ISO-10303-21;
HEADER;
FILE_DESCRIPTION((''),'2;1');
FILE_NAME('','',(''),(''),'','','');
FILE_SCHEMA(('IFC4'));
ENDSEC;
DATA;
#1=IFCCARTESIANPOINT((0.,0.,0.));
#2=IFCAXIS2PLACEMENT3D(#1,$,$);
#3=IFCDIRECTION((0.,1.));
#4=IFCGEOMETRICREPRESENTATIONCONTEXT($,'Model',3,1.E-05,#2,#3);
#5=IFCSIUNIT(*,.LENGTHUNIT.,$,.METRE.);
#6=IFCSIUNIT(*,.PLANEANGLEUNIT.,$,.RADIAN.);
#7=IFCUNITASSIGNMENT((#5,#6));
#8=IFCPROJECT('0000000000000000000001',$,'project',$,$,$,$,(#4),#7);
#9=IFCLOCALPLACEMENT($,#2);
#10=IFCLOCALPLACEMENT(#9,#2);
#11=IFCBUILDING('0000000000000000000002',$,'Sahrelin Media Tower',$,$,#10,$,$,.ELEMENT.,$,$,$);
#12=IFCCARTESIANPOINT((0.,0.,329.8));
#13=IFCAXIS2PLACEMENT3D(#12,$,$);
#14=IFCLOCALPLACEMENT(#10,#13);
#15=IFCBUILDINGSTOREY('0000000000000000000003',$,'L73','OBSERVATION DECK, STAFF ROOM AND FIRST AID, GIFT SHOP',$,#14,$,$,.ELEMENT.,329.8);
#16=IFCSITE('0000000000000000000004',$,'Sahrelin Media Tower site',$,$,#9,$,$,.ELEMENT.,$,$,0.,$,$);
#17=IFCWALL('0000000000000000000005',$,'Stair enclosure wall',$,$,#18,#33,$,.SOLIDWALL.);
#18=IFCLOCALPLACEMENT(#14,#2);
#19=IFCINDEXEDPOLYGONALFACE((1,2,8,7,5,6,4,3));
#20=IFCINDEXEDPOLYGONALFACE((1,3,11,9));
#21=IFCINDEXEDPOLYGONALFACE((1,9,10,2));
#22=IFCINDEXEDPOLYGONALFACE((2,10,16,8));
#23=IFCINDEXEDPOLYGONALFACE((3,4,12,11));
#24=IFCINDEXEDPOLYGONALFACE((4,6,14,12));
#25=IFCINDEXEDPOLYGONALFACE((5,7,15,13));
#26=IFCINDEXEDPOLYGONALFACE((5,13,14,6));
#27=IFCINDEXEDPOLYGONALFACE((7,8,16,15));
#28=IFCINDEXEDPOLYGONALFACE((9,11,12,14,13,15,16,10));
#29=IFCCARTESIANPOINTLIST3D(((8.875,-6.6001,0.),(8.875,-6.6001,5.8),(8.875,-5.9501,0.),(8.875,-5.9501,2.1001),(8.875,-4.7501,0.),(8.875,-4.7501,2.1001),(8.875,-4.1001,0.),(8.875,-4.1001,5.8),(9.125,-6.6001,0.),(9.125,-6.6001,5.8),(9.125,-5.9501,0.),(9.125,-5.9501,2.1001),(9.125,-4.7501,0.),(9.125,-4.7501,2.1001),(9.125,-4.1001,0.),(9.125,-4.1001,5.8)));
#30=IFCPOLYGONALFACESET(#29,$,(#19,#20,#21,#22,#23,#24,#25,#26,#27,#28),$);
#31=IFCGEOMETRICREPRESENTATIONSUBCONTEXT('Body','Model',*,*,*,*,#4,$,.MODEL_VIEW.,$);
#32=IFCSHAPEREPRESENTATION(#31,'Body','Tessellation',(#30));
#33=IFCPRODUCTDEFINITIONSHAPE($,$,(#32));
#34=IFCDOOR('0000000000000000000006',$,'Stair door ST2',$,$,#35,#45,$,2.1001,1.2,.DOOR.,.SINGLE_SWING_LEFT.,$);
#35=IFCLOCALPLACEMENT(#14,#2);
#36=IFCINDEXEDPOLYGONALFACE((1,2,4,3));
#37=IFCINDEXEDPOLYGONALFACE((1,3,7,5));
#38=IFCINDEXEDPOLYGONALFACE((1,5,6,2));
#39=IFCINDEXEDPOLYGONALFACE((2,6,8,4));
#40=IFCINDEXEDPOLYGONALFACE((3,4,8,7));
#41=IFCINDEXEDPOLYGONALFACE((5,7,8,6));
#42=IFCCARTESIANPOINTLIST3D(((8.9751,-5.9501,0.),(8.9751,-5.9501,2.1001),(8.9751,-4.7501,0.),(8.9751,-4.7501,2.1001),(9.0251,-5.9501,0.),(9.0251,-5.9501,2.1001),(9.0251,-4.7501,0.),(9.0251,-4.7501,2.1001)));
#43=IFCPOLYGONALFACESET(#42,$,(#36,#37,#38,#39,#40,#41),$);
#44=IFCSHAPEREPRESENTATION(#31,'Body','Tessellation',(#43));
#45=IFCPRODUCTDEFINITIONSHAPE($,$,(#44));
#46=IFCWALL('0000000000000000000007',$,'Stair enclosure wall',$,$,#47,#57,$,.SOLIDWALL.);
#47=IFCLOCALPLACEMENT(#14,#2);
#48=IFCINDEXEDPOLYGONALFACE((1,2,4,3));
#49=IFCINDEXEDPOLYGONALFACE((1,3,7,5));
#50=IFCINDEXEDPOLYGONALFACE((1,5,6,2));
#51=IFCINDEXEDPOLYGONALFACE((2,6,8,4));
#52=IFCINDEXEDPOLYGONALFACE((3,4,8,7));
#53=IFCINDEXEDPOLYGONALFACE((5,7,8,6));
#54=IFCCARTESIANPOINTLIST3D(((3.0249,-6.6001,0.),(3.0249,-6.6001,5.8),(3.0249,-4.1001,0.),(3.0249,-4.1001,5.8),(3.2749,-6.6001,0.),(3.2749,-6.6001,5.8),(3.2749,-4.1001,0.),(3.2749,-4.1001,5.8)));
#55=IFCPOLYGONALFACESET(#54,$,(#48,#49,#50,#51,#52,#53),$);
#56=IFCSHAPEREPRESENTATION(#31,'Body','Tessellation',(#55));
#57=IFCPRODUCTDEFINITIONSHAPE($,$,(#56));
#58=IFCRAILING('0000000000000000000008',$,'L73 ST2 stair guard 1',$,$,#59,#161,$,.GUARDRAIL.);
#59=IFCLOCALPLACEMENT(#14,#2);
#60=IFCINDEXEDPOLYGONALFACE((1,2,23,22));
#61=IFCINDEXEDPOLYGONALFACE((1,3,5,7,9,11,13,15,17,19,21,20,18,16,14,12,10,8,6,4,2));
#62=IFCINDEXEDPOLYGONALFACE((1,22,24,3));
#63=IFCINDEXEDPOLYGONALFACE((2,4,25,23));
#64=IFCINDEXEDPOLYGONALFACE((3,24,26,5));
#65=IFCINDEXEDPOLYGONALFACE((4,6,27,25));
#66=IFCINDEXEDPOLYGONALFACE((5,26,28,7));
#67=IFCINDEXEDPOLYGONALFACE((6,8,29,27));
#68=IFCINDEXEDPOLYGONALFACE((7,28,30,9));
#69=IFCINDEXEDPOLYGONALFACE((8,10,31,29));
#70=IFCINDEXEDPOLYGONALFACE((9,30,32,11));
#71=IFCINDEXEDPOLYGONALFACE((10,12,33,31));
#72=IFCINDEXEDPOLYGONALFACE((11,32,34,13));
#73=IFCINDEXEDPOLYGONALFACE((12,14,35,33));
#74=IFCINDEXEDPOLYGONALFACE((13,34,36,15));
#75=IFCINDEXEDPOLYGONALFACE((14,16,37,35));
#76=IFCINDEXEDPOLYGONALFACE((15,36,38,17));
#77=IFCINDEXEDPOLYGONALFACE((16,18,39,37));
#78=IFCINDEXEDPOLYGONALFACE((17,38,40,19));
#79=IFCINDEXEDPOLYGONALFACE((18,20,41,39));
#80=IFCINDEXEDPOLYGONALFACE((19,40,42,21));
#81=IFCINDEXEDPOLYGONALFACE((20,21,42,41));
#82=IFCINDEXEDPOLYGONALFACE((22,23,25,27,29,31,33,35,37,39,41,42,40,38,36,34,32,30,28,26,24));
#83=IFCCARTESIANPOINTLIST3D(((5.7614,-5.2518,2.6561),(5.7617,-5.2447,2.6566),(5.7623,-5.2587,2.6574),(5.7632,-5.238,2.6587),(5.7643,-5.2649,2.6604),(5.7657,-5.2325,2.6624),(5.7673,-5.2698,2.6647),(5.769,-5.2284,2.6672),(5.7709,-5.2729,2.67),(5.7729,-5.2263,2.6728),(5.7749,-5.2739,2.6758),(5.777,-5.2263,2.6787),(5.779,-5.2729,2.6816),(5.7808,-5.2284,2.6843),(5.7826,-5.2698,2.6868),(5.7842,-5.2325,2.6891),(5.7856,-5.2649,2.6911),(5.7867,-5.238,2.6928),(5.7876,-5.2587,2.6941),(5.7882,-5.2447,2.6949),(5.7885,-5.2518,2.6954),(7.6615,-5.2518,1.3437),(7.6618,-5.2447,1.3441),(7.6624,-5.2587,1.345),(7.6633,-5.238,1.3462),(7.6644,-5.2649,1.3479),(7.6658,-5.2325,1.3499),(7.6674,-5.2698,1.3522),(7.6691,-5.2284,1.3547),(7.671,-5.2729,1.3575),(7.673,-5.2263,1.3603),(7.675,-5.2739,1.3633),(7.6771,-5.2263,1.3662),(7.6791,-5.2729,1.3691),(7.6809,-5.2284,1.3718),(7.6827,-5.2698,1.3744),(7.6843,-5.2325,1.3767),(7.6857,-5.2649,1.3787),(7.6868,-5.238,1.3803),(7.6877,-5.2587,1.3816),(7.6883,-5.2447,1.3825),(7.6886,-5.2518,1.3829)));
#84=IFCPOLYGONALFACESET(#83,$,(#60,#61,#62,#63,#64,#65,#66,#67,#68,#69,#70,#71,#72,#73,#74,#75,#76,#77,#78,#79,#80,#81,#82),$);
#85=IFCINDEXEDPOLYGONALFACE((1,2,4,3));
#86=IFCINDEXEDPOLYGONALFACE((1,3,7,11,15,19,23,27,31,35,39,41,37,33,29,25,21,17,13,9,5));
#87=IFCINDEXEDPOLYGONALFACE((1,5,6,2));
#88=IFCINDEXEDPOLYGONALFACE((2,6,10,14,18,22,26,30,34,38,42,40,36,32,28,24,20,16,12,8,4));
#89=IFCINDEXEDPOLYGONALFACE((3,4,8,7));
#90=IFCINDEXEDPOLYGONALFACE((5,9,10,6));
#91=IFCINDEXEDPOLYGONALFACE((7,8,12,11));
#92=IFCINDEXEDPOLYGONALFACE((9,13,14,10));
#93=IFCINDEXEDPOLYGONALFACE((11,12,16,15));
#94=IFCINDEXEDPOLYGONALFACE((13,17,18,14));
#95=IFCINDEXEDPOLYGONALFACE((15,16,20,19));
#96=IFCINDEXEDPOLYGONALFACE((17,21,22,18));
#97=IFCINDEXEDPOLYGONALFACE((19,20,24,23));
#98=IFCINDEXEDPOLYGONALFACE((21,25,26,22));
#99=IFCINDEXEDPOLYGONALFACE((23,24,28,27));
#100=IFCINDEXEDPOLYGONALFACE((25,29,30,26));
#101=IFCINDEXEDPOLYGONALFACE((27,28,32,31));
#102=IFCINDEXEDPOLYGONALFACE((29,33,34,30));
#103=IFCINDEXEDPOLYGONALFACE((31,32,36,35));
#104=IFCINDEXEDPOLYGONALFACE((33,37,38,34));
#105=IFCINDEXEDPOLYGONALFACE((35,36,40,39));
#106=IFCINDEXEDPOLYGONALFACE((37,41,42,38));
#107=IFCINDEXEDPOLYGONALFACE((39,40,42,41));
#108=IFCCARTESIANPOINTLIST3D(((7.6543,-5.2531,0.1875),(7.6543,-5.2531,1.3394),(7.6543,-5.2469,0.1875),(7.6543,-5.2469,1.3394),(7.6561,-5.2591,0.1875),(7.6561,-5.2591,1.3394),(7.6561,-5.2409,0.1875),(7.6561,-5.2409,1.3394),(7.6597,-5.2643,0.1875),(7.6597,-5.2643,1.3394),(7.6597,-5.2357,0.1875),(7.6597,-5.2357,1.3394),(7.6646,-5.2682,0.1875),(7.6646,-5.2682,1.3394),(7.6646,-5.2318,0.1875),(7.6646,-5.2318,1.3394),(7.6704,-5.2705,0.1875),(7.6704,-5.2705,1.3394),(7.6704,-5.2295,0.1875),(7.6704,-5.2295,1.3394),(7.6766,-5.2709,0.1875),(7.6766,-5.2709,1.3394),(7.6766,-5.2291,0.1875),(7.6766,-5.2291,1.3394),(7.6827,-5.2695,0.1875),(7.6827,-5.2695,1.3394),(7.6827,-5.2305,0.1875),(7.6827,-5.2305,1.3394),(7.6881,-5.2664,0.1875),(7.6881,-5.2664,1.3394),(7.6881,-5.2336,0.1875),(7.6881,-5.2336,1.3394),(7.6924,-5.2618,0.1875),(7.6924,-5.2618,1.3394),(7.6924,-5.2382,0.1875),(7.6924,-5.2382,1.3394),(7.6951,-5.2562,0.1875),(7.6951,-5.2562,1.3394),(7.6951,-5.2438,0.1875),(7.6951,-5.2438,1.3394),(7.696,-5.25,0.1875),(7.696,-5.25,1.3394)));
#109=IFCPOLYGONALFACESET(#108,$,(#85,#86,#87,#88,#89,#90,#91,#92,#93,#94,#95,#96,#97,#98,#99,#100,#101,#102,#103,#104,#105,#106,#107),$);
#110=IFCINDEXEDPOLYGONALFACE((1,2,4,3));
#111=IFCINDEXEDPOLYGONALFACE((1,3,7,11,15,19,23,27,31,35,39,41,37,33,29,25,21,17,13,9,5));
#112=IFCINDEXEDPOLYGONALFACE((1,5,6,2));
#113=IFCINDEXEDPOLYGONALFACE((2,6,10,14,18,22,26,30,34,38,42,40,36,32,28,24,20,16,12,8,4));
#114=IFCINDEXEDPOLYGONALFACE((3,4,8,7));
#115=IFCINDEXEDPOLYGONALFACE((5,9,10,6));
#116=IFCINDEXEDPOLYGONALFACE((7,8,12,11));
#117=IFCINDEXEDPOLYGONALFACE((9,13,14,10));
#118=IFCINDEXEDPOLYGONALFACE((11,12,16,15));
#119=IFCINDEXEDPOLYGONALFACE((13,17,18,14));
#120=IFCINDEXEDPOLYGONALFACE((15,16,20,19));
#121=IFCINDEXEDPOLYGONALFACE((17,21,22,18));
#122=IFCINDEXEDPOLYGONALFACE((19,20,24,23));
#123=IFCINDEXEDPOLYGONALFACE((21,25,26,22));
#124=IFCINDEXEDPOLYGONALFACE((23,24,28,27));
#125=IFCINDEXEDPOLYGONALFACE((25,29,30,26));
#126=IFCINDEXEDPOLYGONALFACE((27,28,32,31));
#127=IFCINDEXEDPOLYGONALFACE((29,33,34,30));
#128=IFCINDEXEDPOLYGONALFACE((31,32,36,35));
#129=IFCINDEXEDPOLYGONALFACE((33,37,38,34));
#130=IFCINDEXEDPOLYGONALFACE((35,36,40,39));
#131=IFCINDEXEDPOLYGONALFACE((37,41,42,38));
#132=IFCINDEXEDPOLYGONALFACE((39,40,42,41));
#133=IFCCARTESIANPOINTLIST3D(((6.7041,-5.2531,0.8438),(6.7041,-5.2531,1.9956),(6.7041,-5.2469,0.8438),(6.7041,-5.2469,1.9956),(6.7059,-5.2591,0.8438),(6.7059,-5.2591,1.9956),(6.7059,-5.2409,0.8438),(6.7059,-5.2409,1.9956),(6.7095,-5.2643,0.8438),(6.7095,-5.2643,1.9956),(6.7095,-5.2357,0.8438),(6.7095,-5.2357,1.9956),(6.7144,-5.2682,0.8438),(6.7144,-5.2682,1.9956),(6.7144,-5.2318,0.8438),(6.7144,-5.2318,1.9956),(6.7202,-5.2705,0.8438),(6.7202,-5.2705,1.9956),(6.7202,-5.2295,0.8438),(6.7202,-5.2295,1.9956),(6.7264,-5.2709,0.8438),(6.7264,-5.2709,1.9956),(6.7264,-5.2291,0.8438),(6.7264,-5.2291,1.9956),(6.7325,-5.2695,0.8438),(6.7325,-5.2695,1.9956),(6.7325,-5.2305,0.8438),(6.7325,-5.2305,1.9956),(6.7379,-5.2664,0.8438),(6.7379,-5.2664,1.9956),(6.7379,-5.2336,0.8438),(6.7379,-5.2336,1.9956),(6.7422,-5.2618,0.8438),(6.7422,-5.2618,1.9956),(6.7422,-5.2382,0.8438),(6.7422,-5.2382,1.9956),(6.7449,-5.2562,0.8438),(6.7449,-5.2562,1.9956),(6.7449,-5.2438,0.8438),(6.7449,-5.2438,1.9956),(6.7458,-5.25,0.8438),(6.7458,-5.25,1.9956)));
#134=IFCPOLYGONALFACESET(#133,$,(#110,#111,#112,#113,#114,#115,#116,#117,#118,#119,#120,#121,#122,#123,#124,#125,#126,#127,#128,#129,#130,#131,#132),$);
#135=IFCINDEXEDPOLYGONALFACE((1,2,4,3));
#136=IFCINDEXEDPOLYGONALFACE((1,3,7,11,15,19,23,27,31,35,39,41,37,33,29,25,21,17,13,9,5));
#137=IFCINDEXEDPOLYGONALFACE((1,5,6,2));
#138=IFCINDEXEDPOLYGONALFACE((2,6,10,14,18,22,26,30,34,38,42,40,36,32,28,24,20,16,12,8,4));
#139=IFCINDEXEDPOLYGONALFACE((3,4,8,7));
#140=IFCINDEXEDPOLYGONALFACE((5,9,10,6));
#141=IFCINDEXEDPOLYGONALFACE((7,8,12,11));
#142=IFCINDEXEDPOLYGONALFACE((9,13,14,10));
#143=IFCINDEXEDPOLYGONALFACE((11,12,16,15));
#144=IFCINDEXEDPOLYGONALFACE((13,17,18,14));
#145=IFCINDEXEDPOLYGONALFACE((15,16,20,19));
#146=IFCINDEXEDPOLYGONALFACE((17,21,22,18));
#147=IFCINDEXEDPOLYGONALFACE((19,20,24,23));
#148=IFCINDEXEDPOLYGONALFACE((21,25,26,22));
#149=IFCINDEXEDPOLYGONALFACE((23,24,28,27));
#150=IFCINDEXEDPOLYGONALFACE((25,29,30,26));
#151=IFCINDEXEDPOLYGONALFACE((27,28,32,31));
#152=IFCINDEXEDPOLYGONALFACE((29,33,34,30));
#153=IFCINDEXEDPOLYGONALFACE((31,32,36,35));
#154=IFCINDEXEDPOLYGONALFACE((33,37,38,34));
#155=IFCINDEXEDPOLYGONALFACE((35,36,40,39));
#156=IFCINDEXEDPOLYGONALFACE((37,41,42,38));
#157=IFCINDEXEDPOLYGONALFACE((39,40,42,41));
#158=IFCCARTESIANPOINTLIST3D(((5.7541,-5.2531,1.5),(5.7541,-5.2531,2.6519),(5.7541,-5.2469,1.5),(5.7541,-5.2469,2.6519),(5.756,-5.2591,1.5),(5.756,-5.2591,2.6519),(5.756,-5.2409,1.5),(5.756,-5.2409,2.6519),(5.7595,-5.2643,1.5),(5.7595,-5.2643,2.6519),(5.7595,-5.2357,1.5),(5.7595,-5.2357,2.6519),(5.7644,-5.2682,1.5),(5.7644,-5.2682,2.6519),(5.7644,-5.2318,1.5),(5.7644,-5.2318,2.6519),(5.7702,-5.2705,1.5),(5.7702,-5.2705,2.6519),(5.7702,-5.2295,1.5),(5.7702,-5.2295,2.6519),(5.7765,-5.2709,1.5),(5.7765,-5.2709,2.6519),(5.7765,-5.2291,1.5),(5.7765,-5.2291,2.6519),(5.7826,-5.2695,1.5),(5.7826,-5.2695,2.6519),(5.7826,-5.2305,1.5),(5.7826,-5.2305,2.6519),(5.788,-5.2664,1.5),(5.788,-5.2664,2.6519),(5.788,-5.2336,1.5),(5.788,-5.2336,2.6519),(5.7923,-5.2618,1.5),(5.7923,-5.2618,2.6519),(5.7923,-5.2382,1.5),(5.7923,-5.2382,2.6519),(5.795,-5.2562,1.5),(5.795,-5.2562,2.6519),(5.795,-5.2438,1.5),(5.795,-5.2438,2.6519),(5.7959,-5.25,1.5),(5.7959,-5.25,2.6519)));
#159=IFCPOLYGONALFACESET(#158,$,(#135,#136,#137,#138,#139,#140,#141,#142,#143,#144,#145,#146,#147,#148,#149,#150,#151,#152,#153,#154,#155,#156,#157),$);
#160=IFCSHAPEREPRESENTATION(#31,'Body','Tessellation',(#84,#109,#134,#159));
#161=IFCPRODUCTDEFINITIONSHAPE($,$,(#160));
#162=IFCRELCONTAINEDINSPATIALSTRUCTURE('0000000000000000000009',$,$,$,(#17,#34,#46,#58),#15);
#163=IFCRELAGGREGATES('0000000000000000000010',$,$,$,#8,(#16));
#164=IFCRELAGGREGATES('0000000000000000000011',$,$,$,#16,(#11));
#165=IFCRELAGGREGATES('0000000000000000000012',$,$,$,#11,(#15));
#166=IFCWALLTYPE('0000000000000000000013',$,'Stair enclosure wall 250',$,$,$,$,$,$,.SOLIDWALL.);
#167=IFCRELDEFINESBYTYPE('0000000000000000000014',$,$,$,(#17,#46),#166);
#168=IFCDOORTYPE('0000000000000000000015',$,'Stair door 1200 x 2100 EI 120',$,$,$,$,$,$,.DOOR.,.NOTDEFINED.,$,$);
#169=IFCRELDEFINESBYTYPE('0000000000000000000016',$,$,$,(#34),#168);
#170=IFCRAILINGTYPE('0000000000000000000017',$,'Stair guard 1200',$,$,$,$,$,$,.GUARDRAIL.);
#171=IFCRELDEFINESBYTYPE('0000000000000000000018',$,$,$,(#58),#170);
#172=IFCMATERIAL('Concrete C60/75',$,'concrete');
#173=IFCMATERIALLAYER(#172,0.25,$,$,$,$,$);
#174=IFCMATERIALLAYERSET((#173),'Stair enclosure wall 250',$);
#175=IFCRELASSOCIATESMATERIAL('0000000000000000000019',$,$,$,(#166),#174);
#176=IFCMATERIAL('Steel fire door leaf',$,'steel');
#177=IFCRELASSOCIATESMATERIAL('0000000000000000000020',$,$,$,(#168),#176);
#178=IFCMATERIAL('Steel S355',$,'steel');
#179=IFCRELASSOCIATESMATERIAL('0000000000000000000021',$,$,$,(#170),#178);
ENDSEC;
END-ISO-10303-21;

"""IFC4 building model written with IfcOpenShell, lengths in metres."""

from ifc_helpers import new_model, si_unit, direction, frame, frame_2d, origin, origin_2d, place, context, subcontext, project, spatial, rectangle, circle, extrude, material, layer, layer_set, type_object, element, fill, save


model = new_model("IFC4")

# Units and contexts
model_context = context("Model", 3, precision=1e-05, world=origin(), true_north=direction((0.0, 1.0)))
body_context = subcontext(model_context, "Body", "Model", "MODEL_VIEW")
ifc_project = project(units=[si_unit("LENGTHUNIT", "METRE"), si_unit("PLANEANGLEUNIT", "RADIAN")], contexts=[model_context])

# Site, building, storey
site_placement = place(None, origin())
site = spatial("IfcSite", under=ifc_project, at=site_placement, Name="Sahrelin Media Tower site", CompositionType="ELEMENT", RefElevation=0.0)
building_placement = place(site_placement, origin())
building = spatial("IfcBuilding", under=site, at=building_placement, Name="Sahrelin Media Tower", CompositionType="ELEMENT")
storey_placement = place(building_placement, frame((0.0, 0.0, 329.8)))
storey = spatial("IfcBuildingStorey", under=building, at=storey_placement, Name="L73", Description="OBSERVATION DECK, STAFF ROOM AND FIRST AID, GIFT SHOP", CompositionType="ELEMENT", Elevation=329.8)

# Shared definitions
ifc_material_1 = material(Name="Steel S355", Category="steel")

# Shared definitions
ifc_material_2 = material(Name="Concrete C60/75", Category="concrete")

# Wall, opening, door
ifc_layer_1 = layer(ifc_material_2, 0.25)
ifc_layer_set_1 = layer_set([ifc_layer_1], Name="Stair enclosure wall 250")
wall_type_1 = type_object("IfcWallType", Name="Stair enclosure wall 250", PredefinedType="SOLIDWALL", material=ifc_layer_set_1)
wall_1_placement = place(storey_placement, frame((9.0, -6.6001, 0.0), z_axis=(0.0, 0.0, 1.0), x_axis=(0.0, 1.0, 0.0)))
wall_1 = element("IfcWall", 1, at=wall_1_placement, inside=storey, type_object=wall_type_1, Name="Stair enclosure wall", PredefinedType="SOLIDWALL", context=body_context, shape_type="SweptSolid", body=[
    extrude(rectangle(XDim=2.5, YDim=0.25, at=frame_2d((1.25, 0.0))), origin(), (0.0, 0.0, 1.0), 5.8),
])
opening_placement = place(wall_1_placement, frame((0.6499, 0.0, 0.0)))
opening = element("IfcOpeningElement", 2, at=opening_placement, cuts=wall_1, PredefinedType="OPENING", context=body_context, shape_type="SweptSolid", body=[
    extrude(rectangle(XDim=1.2, YDim=2.1001, at=frame_2d((0.6001, 1.05))), frame((0.0, 0.125, 0.0), z_axis=(0.0, -1.0, 0.0), x_axis=(1.0, 0.0, 0.0)), (0.0, 0.0, 1.0), 0.25),
])
ifc_material_3 = material(Name="Steel fire door leaf", Category="steel")
door_type = type_object("IfcDoorType", Name="Stair door 1200 x 2100 EI 120", OperationType="NOTDEFINED", PredefinedType="DOOR", material=ifc_material_3)
door_placement = place(opening_placement, origin())
door = element("IfcDoor", 3, at=door_placement, inside=storey, type_object=door_type, Name="Stair door ST2", OperationType="SINGLE_SWING_LEFT", OverallHeight=2.1001, OverallWidth=1.2, PredefinedType="DOOR", context=body_context, shape_type="SweptSolid", body=[
    extrude(rectangle(XDim=1.2, YDim=2.1001, at=frame_2d((0.6001, 1.05))), frame((0.0, 0.0249, 0.0), z_axis=(0.0, -1.0, 0.0), x_axis=(1.0, 0.0, 0.0)), (0.0, 0.0, 1.0), 0.05),
])
fill(opening, door)

# Wall
wall_2_placement = place(storey_placement, frame((3.1499, -6.6001, 0.0), z_axis=(0.0, 0.0, 1.0), x_axis=(0.0, 1.0, 0.0)))
element("IfcWall", 4, at=wall_2_placement, inside=storey, type_object=wall_type_1, Name="Stair enclosure wall", PredefinedType="SOLIDWALL", context=body_context, shape_type="SweptSolid", body=[
    extrude(rectangle(XDim=2.5, YDim=0.25, at=frame_2d((1.25, 0.0))), origin(), (0.0, 0.0, 1.0), 5.8),
])

# Railing
railing_type_1 = type_object("IfcRailingType", Name="Stair guard 1200", PredefinedType="GUARDRAIL", material=ifc_material_1)
railing_1_placement = place(storey_placement, frame((7.675, -5.25, 0.1875)))
element("IfcRailing", 5, at=railing_1_placement, inside=storey, type_object=railing_type_1, Name="L73 ST2 stair guard 1", PredefinedType="GUARDRAIL", context=body_context, shape_type="SweptSolid", body=[
    extrude(circle(Radius=0.0239, at=origin_2d()), frame((0.0, 0.0, 1.1758), z_axis=(-0.822797, 0.0, 0.568336), x_axis=(0.0, -1.0, 0.0)), (0.0, 0.0, 1.0), 2.3093),
    extrude(circle(Radius=0.021, at=origin_2d()), origin(), (0.0, 0.0, 1.0), 1.1519),
    extrude(circle(Radius=0.021, at=origin_2d()), frame((-0.9502, 0.0, 0.6562)), (0.0, 0.0, 1.0), 1.1519),
    extrude(circle(Radius=0.021, at=origin_2d()), frame((-1.9001, 0.0, 1.3125)), (0.0, 0.0, 1.0), 1.1519),
])

save(model, "model.ifc")
